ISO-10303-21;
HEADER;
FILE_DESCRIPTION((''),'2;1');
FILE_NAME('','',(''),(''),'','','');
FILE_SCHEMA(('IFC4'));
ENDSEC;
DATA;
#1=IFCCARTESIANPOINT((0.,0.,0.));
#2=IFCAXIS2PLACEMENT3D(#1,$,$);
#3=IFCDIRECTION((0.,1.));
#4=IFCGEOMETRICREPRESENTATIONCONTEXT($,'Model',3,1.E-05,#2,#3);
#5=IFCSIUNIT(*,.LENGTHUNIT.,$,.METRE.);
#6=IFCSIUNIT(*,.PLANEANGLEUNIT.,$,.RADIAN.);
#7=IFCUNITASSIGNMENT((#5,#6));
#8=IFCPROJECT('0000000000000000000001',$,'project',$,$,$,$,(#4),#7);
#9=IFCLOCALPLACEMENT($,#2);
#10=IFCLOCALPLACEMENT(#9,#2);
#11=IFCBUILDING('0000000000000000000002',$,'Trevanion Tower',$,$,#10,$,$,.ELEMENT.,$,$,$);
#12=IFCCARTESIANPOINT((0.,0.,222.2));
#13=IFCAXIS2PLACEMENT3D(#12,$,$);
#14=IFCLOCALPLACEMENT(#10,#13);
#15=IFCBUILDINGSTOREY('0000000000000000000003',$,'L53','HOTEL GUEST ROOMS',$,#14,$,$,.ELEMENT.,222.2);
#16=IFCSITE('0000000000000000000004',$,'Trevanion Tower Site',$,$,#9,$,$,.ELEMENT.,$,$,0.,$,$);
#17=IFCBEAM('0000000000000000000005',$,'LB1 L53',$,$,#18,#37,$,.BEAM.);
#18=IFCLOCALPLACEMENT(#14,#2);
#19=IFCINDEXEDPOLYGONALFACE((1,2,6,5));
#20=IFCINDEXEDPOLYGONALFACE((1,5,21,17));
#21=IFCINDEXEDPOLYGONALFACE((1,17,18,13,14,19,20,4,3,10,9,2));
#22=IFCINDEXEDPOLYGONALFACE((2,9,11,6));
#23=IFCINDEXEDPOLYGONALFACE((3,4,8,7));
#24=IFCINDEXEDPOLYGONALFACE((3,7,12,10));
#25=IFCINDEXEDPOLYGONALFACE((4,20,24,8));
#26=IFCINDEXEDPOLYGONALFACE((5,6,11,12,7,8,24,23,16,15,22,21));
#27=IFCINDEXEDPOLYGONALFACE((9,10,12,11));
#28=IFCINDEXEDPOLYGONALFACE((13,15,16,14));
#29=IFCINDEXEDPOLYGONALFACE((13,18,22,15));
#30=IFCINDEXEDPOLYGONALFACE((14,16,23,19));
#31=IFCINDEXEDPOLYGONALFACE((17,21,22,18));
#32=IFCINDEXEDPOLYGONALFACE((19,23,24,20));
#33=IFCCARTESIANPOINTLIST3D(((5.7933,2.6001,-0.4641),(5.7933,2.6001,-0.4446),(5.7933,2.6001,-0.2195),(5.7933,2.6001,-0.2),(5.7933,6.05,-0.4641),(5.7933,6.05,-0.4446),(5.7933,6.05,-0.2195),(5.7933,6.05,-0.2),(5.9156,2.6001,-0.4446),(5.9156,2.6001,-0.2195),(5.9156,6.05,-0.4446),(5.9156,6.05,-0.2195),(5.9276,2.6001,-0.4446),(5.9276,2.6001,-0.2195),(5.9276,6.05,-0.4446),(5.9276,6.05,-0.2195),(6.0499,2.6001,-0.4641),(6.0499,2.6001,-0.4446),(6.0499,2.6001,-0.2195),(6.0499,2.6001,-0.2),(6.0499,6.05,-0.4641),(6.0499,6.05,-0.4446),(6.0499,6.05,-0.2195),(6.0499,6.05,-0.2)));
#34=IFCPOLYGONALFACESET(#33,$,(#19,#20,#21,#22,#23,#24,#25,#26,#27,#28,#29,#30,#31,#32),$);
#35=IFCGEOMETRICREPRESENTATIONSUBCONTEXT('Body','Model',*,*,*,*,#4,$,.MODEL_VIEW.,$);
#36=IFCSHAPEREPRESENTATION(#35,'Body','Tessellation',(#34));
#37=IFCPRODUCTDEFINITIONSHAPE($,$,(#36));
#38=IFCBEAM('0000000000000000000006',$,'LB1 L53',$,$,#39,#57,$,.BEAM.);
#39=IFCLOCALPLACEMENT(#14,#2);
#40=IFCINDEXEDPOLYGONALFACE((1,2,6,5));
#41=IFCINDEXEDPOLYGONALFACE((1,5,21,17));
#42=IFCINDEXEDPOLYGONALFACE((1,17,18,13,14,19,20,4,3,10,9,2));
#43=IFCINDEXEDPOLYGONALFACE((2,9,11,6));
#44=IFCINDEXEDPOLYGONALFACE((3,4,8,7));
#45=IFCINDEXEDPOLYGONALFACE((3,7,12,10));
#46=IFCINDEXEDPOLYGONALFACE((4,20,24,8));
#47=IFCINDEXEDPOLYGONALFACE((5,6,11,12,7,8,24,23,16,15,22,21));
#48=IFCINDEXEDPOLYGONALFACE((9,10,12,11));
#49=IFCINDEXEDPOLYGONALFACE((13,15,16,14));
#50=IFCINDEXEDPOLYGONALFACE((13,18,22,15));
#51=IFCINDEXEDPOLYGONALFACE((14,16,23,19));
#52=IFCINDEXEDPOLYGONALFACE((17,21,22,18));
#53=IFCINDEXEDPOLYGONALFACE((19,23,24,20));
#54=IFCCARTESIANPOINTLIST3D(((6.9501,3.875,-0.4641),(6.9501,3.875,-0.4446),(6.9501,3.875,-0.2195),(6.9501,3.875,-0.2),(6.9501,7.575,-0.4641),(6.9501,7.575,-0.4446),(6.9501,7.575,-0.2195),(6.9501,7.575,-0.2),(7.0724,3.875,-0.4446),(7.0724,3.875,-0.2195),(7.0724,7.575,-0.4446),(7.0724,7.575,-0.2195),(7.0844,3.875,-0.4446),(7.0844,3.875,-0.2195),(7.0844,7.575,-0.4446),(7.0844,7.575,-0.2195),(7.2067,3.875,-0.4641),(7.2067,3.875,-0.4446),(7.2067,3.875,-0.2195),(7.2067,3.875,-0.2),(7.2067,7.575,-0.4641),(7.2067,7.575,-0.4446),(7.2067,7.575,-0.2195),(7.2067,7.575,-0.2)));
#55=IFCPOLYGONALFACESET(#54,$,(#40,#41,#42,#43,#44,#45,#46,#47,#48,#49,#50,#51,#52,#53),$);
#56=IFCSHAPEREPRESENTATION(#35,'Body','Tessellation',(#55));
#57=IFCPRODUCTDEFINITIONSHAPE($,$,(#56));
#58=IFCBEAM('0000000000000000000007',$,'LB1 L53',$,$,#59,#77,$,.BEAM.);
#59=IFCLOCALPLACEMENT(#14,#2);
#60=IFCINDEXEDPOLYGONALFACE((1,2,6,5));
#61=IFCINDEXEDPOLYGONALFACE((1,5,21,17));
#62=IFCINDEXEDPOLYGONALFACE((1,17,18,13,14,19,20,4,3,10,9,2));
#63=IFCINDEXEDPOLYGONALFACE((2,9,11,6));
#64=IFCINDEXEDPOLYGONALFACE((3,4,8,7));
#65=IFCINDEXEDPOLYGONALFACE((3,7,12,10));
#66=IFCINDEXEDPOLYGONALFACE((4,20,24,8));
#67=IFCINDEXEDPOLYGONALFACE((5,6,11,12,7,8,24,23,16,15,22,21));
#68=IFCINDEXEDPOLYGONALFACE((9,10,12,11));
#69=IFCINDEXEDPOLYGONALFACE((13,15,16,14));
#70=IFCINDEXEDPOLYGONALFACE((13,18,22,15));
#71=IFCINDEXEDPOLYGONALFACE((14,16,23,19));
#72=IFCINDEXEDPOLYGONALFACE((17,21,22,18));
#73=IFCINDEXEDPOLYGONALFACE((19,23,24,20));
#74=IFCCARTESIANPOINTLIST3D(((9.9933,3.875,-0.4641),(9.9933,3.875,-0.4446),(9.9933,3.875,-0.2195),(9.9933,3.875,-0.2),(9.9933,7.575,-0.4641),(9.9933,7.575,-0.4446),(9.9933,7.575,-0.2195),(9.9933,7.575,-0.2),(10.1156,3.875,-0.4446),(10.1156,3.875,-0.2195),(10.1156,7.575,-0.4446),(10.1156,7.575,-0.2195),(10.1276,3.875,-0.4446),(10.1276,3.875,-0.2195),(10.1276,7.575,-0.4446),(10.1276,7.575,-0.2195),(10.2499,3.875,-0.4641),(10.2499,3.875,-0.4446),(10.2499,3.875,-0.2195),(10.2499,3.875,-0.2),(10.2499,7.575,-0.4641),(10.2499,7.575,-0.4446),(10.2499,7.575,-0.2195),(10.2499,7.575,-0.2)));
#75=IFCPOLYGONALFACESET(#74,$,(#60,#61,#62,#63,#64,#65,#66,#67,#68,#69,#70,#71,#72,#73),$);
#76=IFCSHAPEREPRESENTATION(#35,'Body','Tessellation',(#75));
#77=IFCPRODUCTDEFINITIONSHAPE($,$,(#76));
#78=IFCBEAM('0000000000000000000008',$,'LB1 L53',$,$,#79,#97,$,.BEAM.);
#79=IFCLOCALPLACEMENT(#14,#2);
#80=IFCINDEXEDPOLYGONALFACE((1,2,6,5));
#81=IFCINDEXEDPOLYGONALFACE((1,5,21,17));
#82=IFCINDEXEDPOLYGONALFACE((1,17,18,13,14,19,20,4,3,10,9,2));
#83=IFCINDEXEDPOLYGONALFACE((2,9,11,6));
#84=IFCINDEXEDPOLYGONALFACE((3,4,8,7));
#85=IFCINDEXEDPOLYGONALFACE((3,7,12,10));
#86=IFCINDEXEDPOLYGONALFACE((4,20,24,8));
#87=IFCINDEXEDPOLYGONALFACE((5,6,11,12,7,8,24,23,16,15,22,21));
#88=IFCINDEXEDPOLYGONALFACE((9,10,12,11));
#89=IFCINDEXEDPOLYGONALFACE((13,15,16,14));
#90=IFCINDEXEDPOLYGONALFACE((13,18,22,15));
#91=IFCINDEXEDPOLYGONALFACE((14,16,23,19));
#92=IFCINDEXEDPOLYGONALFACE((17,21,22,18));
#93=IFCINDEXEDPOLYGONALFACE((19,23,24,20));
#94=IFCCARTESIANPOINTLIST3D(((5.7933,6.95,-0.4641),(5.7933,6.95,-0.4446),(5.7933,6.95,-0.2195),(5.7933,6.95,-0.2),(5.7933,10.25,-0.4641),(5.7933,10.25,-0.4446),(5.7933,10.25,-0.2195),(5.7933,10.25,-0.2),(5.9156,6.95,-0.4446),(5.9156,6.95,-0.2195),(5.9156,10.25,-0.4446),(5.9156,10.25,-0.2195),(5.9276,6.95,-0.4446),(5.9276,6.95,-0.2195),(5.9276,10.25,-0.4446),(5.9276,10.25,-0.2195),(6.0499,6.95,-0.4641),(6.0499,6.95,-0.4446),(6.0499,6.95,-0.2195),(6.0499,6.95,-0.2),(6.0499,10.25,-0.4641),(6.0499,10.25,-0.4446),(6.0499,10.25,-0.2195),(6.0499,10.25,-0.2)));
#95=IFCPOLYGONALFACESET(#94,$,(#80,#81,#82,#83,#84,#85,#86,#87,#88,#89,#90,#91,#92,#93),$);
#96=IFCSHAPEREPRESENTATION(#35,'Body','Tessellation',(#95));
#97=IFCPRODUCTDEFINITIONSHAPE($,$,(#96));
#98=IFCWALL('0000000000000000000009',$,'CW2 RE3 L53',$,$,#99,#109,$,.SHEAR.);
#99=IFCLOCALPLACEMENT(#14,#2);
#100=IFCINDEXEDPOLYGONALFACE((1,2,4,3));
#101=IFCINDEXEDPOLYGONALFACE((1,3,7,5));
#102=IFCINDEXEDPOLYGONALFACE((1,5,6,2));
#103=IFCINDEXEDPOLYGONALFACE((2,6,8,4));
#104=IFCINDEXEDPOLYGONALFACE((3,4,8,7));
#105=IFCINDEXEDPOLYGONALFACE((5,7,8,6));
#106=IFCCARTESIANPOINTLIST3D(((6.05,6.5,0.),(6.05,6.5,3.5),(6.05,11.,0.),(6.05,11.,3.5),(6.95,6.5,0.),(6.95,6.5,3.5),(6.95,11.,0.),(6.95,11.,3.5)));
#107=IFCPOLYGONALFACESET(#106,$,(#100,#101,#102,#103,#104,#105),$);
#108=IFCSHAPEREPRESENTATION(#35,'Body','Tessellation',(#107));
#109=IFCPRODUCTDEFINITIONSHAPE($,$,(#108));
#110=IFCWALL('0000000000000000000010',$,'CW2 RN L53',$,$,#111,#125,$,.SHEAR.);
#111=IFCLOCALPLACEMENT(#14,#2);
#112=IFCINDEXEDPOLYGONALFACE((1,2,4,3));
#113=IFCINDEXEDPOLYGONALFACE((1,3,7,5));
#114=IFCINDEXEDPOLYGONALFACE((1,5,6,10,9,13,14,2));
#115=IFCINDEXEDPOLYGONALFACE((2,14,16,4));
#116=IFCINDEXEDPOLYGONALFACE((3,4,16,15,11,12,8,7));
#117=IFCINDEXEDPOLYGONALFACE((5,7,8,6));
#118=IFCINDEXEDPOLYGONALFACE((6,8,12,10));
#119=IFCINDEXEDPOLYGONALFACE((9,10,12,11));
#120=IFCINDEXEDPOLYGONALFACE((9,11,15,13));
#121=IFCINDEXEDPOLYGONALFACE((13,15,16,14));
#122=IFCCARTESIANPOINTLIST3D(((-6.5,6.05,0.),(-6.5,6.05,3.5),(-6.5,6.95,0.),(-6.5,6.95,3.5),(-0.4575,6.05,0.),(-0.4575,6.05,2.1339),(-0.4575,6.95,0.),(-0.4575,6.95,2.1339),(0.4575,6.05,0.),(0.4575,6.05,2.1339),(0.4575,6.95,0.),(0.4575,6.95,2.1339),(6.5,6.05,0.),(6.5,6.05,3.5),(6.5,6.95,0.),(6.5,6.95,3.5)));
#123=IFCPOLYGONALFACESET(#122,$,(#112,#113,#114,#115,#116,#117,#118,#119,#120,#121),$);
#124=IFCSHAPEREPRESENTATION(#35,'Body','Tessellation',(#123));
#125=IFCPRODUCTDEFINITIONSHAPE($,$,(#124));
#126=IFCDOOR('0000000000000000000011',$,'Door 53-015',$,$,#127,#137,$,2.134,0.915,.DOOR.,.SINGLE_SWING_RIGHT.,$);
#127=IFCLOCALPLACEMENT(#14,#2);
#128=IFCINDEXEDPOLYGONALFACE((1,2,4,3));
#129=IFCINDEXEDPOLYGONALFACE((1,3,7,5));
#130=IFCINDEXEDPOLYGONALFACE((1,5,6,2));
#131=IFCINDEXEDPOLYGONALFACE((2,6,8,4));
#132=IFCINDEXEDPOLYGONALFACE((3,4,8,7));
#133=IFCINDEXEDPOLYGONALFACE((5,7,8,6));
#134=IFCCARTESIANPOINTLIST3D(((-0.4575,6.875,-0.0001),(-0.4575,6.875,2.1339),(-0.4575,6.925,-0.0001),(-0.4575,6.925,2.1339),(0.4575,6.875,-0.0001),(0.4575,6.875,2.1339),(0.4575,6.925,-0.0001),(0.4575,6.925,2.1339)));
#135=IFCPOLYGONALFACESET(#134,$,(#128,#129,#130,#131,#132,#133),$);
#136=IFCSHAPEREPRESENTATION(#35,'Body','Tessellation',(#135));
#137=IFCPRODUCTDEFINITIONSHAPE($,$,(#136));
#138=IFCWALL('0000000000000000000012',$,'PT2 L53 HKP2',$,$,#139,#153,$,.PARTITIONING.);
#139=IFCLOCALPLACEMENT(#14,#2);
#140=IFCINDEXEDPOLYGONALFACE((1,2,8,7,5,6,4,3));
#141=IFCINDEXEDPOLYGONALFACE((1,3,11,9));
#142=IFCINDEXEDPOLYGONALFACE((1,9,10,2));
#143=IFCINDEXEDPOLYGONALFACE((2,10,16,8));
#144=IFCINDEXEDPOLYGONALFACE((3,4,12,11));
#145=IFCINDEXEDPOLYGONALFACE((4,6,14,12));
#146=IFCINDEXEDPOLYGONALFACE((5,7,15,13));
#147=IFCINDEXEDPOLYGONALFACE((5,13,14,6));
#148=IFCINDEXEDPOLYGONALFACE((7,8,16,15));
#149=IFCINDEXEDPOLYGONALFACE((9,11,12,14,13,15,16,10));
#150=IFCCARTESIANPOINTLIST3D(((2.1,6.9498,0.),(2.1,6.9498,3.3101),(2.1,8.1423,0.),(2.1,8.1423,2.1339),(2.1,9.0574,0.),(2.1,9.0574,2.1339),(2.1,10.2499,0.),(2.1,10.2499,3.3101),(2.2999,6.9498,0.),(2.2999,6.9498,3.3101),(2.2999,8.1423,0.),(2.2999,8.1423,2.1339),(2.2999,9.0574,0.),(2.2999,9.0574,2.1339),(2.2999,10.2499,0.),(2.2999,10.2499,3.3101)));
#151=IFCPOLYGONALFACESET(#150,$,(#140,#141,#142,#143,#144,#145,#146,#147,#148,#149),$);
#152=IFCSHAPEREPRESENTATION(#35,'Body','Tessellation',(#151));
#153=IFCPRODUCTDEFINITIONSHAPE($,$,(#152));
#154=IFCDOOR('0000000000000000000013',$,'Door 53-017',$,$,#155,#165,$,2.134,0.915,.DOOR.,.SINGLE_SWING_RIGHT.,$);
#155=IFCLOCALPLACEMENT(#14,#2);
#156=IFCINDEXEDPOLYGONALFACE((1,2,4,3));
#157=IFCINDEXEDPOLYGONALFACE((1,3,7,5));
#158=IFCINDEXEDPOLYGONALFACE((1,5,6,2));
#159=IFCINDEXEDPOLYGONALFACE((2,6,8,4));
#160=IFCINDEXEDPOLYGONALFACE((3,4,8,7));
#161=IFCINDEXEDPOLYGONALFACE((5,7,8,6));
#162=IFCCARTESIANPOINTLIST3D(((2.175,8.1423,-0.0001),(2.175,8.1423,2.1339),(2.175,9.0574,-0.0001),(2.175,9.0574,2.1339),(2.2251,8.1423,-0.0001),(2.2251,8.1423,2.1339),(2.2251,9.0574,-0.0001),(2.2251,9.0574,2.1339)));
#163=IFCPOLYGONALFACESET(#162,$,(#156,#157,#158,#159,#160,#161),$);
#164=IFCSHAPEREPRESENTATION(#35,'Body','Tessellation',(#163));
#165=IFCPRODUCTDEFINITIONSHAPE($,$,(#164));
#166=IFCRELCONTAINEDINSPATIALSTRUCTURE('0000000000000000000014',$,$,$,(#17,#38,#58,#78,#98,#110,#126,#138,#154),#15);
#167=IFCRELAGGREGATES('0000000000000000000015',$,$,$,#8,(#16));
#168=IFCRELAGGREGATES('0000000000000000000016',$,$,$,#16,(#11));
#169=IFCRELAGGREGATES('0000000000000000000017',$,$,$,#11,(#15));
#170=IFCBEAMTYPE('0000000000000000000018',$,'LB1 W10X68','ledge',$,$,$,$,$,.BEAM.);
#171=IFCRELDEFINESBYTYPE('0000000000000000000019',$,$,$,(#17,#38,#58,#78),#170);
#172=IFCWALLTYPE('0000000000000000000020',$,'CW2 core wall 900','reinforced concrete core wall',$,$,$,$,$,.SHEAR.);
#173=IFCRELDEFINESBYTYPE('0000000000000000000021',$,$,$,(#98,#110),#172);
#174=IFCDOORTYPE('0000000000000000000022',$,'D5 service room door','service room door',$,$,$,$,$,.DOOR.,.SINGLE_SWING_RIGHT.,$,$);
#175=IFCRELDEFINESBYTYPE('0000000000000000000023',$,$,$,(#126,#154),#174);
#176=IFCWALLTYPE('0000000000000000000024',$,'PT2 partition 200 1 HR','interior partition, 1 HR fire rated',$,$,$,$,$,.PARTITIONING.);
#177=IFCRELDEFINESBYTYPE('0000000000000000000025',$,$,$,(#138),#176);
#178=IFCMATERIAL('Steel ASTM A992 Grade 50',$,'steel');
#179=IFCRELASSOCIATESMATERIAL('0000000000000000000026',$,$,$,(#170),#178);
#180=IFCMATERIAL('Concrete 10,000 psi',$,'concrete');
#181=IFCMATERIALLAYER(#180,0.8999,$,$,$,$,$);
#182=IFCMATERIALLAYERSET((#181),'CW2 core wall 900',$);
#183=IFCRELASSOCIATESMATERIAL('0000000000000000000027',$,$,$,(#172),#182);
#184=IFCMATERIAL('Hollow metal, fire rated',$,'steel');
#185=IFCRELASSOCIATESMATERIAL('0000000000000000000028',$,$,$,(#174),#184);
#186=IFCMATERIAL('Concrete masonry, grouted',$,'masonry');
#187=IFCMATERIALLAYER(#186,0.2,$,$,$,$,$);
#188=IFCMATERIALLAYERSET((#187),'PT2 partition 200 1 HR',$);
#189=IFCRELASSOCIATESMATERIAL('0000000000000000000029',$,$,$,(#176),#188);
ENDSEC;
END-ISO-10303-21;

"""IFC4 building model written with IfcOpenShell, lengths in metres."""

from ifc_helpers import new_model, si_unit, direction, frame, frame_2d, origin, origin_2d, place, context, subcontext, project, spatial, rectangle, i_section, extrude, material, layer, layer_set, material_profile, profile_set, type_object, element, fill, save


model = new_model("IFC4")

# Units and contexts
model_context = context("Model", 3, precision=1e-05, world=origin(), true_north=direction((0.0, 1.0)))
body_context = subcontext(model_context, "Body", "Model", "MODEL_VIEW")
ifc_project = project(units=[si_unit("LENGTHUNIT", "METRE"), si_unit("PLANEANGLEUNIT", "RADIAN")], contexts=[model_context])

# Site, building, storey
site_placement = place(None, origin())
site = spatial("IfcSite", under=ifc_project, at=site_placement, Name="Trevanion Tower Site", CompositionType="ELEMENT", RefElevation=0.0)
building_placement = place(site_placement, origin())
building = spatial("IfcBuilding", under=site, at=building_placement, Name="Trevanion Tower", CompositionType="ELEMENT")
storey_placement = place(building_placement, frame((0.0, 0.0, 222.2)))
storey = spatial("IfcBuildingStorey", under=building, at=storey_placement, Name="L53", Description="HOTEL GUEST ROOMS", CompositionType="ELEMENT", Elevation=222.2)

# Beams
ifc_material_1 = material(Name="Steel ASTM A992 Grade 50", Category="steel")
ifc_material_profile = material_profile(ifc_material_1, i_section(OverallWidth=0.2566, OverallDepth=0.2642, WebThickness=0.012, FlangeThickness=0.0195, at=origin_2d()), Name="W10X68")
ifc_profile_set = profile_set([ifc_material_profile], Name="Steel ASTM A992 Grade 50")
beam_type = type_object("IfcBeamType", Name="LB1 W10X68", Description="ledge", PredefinedType="BEAM", material=ifc_profile_set)
beam_1_placement = place(storey_placement, frame((5.9216, 2.6001, -0.332), z_axis=(0.0, 1.0, 0.0), x_axis=(-1.0, 0.0, 0.0)))
element("IfcBeam", 1, at=beam_1_placement, inside=storey, type_object=beam_type, Name="LB1 L53", PredefinedType="BEAM", context=body_context, shape_type="SweptSolid", body=[
    extrude(i_section(OverallWidth=0.2566, OverallDepth=0.2642, WebThickness=0.012, FlangeThickness=0.0195, at=origin_2d()), origin(), (0.0, 0.0, 1.0), 3.45),
])
for number, where, z_axis, x_axis, name in (
    (2, (7.0784, 3.875, -0.332), (0.0, 1.0, 0.0), (-1.0, 0.0, 0.0), "LB1 L53"),
    (3, (10.1216, 3.875, -0.332), (0.0, 1.0, 0.0), (-1.0, 0.0, 0.0), "LB1 L53"),
):
    element("IfcBeam", number, at=place(storey_placement, frame(where, z_axis=z_axis, x_axis=x_axis)), inside=storey, type_object=beam_type, Name=name, PredefinedType="BEAM", context=body_context, shape_type="SweptSolid", body=[
        extrude(i_section(OverallWidth=0.2566, OverallDepth=0.2642, WebThickness=0.012, FlangeThickness=0.0195, at=origin_2d()), origin(), (0.0, 0.0, 1.0), 3.7),
    ])
beam_2_placement = place(storey_placement, frame((5.9216, 6.95, -0.332), z_axis=(0.0, 1.0, 0.0), x_axis=(-1.0, 0.0, 0.0)))
element("IfcBeam", 4, at=beam_2_placement, inside=storey, type_object=beam_type, Name="LB1 L53", PredefinedType="BEAM", context=body_context, shape_type="SweptSolid", body=[
    extrude(i_section(OverallWidth=0.2566, OverallDepth=0.2642, WebThickness=0.012, FlangeThickness=0.0195, at=origin_2d()), origin(), (0.0, 0.0, 1.0), 3.3),
])

# Wall
ifc_material_2 = material(Name="Concrete 10,000 psi", Category="concrete")
ifc_layer_1 = layer(ifc_material_2, 0.8999)
ifc_layer_set_1 = layer_set([ifc_layer_1], Name="CW2 core wall 900")
wall_type_1 = type_object("IfcWallType", Name="CW2 core wall 900", Description="reinforced concrete core wall", PredefinedType="SHEAR", material=ifc_layer_set_1)
wall_1_placement = place(storey_placement, frame((6.5, 6.5, 0.0), z_axis=(0.0, 0.0, 1.0), x_axis=(0.0, 1.0, 0.0)))
element("IfcWall", 5, at=wall_1_placement, inside=storey, type_object=wall_type_1, Name="CW2 RE3 L53", PredefinedType="SHEAR", context=body_context, shape_type="SweptSolid", body=[
    extrude(rectangle(XDim=4.5, YDim=0.8999, at=frame_2d((2.25, 0.0))), origin(), (0.0, 0.0, 1.0), 3.5),
])

# Walls, openings, doors
wall_2_placement = place(storey_placement, frame((6.5, 6.5, 0.0), z_axis=(0.0, 0.0, 1.0), x_axis=(-1.0, 0.0, 0.0)))
wall_2 = element("IfcWall", 6, at=wall_2_placement, inside=storey, type_object=wall_type_1, Name="CW2 RN L53", PredefinedType="SHEAR", context=body_context, shape_type="SweptSolid", body=[
    extrude(rectangle(XDim=13.0, YDim=0.8999, at=frame_2d((6.5, 0.0))), origin(), (0.0, 0.0, 1.0), 3.5),
])
opening_1_placement = place(wall_2_placement, frame((6.0425, 0.0, 0.0)))
opening_1 = element("IfcOpeningElement", 7, at=opening_1_placement, cuts=wall_2, PredefinedType="OPENING", context=body_context, shape_type="SweptSolid", body=[
    extrude(rectangle(XDim=0.915, YDim=2.134, at=frame_2d((0.4575, 1.0669))), frame((0.0, 0.46, 0.0), z_axis=(0.0, -1.0, 0.0), x_axis=(1.0, 0.0, 0.0)), (0.0, 0.0, 1.0), 0.9199),
])
ifc_material_3 = material(Name="Hollow metal, fire rated", Category="steel")
door_type_1 = type_object("IfcDoorType", Name="D5 service room door", Description="service room door", OperationType="SINGLE_SWING_RIGHT", PredefinedType="DOOR", material=ifc_material_3)
door_1_placement = place(opening_1_placement, origin())
door_1 = element("IfcDoor", 8, at=door_1_placement, inside=storey, type_object=door_type_1, Name="Door 53-015", OperationType="SINGLE_SWING_RIGHT", OverallHeight=2.134, OverallWidth=0.915, PredefinedType="DOOR", context=body_context, shape_type="SweptSolid", body=[
    extrude(rectangle(XDim=0.915, YDim=2.134, at=frame_2d((0.4575, 1.0669))), frame((0.0, -0.375, 0.0), z_axis=(0.0, -1.0, 0.0), x_axis=(1.0, 0.0, 0.0)), (0.0, 0.0, 1.0), 0.05),
])
fill(opening_1, door_1)
ifc_material_4 = material(Name="Concrete masonry, grouted", Category="masonry")
ifc_layer_2 = layer(ifc_material_4, 0.2)
ifc_layer_set_2 = layer_set([ifc_layer_2], Name="PT2 partition 200 1 HR")
wall_type_2 = type_object("IfcWallType", Name="PT2 partition 200 1 HR", Description="interior partition, 1 HR fire rated", PredefinedType="PARTITIONING", material=ifc_layer_set_2)
wall_3_placement = place(storey_placement, frame((2.2, 6.95, 0.0), z_axis=(0.0, 0.0, 1.0), x_axis=(0.0, 1.0, 0.0)))
wall_3 = element("IfcWall", 9, at=wall_3_placement, inside=storey, type_object=wall_type_2, Name="PT2 L53 HKP2", PredefinedType="PARTITIONING", context=body_context, shape_type="SweptSolid", body=[
    extrude(rectangle(XDim=3.3, YDim=0.2, at=frame_2d((1.6499, 0.0))), origin(), (0.0, 0.0, 1.0), 3.3101),
])
opening_2_placement = place(wall_3_placement, frame((1.1924, 0.0, 0.0)))
opening_2 = element("IfcOpeningElement", 10, at=opening_2_placement, cuts=wall_3, PredefinedType="OPENING", context=body_context, shape_type="SweptSolid", body=[
    extrude(rectangle(XDim=0.915, YDim=2.134, at=frame_2d((0.4575, 1.0669))), frame((0.0, 0.1099, 0.0), z_axis=(0.0, -1.0, 0.0), x_axis=(1.0, 0.0, 0.0)), (0.0, 0.0, 1.0), 0.22),
])
door_2_placement = place(opening_2_placement, origin())
door_2 = element("IfcDoor", 11, at=door_2_placement, inside=storey, type_object=door_type_1, Name="Door 53-017", OperationType="SINGLE_SWING_RIGHT", OverallHeight=2.134, OverallWidth=0.915, PredefinedType="DOOR", context=body_context, shape_type="SweptSolid", body=[
    extrude(rectangle(XDim=0.915, YDim=2.134, at=frame_2d((0.4575, 1.0669))), frame((0.0, 0.0249, 0.0), z_axis=(0.0, -1.0, 0.0), x_axis=(1.0, 0.0, 0.0)), (0.0, 0.0, 1.0), 0.05),
])
fill(opening_2, door_2)

save(model, "model.ifc")
